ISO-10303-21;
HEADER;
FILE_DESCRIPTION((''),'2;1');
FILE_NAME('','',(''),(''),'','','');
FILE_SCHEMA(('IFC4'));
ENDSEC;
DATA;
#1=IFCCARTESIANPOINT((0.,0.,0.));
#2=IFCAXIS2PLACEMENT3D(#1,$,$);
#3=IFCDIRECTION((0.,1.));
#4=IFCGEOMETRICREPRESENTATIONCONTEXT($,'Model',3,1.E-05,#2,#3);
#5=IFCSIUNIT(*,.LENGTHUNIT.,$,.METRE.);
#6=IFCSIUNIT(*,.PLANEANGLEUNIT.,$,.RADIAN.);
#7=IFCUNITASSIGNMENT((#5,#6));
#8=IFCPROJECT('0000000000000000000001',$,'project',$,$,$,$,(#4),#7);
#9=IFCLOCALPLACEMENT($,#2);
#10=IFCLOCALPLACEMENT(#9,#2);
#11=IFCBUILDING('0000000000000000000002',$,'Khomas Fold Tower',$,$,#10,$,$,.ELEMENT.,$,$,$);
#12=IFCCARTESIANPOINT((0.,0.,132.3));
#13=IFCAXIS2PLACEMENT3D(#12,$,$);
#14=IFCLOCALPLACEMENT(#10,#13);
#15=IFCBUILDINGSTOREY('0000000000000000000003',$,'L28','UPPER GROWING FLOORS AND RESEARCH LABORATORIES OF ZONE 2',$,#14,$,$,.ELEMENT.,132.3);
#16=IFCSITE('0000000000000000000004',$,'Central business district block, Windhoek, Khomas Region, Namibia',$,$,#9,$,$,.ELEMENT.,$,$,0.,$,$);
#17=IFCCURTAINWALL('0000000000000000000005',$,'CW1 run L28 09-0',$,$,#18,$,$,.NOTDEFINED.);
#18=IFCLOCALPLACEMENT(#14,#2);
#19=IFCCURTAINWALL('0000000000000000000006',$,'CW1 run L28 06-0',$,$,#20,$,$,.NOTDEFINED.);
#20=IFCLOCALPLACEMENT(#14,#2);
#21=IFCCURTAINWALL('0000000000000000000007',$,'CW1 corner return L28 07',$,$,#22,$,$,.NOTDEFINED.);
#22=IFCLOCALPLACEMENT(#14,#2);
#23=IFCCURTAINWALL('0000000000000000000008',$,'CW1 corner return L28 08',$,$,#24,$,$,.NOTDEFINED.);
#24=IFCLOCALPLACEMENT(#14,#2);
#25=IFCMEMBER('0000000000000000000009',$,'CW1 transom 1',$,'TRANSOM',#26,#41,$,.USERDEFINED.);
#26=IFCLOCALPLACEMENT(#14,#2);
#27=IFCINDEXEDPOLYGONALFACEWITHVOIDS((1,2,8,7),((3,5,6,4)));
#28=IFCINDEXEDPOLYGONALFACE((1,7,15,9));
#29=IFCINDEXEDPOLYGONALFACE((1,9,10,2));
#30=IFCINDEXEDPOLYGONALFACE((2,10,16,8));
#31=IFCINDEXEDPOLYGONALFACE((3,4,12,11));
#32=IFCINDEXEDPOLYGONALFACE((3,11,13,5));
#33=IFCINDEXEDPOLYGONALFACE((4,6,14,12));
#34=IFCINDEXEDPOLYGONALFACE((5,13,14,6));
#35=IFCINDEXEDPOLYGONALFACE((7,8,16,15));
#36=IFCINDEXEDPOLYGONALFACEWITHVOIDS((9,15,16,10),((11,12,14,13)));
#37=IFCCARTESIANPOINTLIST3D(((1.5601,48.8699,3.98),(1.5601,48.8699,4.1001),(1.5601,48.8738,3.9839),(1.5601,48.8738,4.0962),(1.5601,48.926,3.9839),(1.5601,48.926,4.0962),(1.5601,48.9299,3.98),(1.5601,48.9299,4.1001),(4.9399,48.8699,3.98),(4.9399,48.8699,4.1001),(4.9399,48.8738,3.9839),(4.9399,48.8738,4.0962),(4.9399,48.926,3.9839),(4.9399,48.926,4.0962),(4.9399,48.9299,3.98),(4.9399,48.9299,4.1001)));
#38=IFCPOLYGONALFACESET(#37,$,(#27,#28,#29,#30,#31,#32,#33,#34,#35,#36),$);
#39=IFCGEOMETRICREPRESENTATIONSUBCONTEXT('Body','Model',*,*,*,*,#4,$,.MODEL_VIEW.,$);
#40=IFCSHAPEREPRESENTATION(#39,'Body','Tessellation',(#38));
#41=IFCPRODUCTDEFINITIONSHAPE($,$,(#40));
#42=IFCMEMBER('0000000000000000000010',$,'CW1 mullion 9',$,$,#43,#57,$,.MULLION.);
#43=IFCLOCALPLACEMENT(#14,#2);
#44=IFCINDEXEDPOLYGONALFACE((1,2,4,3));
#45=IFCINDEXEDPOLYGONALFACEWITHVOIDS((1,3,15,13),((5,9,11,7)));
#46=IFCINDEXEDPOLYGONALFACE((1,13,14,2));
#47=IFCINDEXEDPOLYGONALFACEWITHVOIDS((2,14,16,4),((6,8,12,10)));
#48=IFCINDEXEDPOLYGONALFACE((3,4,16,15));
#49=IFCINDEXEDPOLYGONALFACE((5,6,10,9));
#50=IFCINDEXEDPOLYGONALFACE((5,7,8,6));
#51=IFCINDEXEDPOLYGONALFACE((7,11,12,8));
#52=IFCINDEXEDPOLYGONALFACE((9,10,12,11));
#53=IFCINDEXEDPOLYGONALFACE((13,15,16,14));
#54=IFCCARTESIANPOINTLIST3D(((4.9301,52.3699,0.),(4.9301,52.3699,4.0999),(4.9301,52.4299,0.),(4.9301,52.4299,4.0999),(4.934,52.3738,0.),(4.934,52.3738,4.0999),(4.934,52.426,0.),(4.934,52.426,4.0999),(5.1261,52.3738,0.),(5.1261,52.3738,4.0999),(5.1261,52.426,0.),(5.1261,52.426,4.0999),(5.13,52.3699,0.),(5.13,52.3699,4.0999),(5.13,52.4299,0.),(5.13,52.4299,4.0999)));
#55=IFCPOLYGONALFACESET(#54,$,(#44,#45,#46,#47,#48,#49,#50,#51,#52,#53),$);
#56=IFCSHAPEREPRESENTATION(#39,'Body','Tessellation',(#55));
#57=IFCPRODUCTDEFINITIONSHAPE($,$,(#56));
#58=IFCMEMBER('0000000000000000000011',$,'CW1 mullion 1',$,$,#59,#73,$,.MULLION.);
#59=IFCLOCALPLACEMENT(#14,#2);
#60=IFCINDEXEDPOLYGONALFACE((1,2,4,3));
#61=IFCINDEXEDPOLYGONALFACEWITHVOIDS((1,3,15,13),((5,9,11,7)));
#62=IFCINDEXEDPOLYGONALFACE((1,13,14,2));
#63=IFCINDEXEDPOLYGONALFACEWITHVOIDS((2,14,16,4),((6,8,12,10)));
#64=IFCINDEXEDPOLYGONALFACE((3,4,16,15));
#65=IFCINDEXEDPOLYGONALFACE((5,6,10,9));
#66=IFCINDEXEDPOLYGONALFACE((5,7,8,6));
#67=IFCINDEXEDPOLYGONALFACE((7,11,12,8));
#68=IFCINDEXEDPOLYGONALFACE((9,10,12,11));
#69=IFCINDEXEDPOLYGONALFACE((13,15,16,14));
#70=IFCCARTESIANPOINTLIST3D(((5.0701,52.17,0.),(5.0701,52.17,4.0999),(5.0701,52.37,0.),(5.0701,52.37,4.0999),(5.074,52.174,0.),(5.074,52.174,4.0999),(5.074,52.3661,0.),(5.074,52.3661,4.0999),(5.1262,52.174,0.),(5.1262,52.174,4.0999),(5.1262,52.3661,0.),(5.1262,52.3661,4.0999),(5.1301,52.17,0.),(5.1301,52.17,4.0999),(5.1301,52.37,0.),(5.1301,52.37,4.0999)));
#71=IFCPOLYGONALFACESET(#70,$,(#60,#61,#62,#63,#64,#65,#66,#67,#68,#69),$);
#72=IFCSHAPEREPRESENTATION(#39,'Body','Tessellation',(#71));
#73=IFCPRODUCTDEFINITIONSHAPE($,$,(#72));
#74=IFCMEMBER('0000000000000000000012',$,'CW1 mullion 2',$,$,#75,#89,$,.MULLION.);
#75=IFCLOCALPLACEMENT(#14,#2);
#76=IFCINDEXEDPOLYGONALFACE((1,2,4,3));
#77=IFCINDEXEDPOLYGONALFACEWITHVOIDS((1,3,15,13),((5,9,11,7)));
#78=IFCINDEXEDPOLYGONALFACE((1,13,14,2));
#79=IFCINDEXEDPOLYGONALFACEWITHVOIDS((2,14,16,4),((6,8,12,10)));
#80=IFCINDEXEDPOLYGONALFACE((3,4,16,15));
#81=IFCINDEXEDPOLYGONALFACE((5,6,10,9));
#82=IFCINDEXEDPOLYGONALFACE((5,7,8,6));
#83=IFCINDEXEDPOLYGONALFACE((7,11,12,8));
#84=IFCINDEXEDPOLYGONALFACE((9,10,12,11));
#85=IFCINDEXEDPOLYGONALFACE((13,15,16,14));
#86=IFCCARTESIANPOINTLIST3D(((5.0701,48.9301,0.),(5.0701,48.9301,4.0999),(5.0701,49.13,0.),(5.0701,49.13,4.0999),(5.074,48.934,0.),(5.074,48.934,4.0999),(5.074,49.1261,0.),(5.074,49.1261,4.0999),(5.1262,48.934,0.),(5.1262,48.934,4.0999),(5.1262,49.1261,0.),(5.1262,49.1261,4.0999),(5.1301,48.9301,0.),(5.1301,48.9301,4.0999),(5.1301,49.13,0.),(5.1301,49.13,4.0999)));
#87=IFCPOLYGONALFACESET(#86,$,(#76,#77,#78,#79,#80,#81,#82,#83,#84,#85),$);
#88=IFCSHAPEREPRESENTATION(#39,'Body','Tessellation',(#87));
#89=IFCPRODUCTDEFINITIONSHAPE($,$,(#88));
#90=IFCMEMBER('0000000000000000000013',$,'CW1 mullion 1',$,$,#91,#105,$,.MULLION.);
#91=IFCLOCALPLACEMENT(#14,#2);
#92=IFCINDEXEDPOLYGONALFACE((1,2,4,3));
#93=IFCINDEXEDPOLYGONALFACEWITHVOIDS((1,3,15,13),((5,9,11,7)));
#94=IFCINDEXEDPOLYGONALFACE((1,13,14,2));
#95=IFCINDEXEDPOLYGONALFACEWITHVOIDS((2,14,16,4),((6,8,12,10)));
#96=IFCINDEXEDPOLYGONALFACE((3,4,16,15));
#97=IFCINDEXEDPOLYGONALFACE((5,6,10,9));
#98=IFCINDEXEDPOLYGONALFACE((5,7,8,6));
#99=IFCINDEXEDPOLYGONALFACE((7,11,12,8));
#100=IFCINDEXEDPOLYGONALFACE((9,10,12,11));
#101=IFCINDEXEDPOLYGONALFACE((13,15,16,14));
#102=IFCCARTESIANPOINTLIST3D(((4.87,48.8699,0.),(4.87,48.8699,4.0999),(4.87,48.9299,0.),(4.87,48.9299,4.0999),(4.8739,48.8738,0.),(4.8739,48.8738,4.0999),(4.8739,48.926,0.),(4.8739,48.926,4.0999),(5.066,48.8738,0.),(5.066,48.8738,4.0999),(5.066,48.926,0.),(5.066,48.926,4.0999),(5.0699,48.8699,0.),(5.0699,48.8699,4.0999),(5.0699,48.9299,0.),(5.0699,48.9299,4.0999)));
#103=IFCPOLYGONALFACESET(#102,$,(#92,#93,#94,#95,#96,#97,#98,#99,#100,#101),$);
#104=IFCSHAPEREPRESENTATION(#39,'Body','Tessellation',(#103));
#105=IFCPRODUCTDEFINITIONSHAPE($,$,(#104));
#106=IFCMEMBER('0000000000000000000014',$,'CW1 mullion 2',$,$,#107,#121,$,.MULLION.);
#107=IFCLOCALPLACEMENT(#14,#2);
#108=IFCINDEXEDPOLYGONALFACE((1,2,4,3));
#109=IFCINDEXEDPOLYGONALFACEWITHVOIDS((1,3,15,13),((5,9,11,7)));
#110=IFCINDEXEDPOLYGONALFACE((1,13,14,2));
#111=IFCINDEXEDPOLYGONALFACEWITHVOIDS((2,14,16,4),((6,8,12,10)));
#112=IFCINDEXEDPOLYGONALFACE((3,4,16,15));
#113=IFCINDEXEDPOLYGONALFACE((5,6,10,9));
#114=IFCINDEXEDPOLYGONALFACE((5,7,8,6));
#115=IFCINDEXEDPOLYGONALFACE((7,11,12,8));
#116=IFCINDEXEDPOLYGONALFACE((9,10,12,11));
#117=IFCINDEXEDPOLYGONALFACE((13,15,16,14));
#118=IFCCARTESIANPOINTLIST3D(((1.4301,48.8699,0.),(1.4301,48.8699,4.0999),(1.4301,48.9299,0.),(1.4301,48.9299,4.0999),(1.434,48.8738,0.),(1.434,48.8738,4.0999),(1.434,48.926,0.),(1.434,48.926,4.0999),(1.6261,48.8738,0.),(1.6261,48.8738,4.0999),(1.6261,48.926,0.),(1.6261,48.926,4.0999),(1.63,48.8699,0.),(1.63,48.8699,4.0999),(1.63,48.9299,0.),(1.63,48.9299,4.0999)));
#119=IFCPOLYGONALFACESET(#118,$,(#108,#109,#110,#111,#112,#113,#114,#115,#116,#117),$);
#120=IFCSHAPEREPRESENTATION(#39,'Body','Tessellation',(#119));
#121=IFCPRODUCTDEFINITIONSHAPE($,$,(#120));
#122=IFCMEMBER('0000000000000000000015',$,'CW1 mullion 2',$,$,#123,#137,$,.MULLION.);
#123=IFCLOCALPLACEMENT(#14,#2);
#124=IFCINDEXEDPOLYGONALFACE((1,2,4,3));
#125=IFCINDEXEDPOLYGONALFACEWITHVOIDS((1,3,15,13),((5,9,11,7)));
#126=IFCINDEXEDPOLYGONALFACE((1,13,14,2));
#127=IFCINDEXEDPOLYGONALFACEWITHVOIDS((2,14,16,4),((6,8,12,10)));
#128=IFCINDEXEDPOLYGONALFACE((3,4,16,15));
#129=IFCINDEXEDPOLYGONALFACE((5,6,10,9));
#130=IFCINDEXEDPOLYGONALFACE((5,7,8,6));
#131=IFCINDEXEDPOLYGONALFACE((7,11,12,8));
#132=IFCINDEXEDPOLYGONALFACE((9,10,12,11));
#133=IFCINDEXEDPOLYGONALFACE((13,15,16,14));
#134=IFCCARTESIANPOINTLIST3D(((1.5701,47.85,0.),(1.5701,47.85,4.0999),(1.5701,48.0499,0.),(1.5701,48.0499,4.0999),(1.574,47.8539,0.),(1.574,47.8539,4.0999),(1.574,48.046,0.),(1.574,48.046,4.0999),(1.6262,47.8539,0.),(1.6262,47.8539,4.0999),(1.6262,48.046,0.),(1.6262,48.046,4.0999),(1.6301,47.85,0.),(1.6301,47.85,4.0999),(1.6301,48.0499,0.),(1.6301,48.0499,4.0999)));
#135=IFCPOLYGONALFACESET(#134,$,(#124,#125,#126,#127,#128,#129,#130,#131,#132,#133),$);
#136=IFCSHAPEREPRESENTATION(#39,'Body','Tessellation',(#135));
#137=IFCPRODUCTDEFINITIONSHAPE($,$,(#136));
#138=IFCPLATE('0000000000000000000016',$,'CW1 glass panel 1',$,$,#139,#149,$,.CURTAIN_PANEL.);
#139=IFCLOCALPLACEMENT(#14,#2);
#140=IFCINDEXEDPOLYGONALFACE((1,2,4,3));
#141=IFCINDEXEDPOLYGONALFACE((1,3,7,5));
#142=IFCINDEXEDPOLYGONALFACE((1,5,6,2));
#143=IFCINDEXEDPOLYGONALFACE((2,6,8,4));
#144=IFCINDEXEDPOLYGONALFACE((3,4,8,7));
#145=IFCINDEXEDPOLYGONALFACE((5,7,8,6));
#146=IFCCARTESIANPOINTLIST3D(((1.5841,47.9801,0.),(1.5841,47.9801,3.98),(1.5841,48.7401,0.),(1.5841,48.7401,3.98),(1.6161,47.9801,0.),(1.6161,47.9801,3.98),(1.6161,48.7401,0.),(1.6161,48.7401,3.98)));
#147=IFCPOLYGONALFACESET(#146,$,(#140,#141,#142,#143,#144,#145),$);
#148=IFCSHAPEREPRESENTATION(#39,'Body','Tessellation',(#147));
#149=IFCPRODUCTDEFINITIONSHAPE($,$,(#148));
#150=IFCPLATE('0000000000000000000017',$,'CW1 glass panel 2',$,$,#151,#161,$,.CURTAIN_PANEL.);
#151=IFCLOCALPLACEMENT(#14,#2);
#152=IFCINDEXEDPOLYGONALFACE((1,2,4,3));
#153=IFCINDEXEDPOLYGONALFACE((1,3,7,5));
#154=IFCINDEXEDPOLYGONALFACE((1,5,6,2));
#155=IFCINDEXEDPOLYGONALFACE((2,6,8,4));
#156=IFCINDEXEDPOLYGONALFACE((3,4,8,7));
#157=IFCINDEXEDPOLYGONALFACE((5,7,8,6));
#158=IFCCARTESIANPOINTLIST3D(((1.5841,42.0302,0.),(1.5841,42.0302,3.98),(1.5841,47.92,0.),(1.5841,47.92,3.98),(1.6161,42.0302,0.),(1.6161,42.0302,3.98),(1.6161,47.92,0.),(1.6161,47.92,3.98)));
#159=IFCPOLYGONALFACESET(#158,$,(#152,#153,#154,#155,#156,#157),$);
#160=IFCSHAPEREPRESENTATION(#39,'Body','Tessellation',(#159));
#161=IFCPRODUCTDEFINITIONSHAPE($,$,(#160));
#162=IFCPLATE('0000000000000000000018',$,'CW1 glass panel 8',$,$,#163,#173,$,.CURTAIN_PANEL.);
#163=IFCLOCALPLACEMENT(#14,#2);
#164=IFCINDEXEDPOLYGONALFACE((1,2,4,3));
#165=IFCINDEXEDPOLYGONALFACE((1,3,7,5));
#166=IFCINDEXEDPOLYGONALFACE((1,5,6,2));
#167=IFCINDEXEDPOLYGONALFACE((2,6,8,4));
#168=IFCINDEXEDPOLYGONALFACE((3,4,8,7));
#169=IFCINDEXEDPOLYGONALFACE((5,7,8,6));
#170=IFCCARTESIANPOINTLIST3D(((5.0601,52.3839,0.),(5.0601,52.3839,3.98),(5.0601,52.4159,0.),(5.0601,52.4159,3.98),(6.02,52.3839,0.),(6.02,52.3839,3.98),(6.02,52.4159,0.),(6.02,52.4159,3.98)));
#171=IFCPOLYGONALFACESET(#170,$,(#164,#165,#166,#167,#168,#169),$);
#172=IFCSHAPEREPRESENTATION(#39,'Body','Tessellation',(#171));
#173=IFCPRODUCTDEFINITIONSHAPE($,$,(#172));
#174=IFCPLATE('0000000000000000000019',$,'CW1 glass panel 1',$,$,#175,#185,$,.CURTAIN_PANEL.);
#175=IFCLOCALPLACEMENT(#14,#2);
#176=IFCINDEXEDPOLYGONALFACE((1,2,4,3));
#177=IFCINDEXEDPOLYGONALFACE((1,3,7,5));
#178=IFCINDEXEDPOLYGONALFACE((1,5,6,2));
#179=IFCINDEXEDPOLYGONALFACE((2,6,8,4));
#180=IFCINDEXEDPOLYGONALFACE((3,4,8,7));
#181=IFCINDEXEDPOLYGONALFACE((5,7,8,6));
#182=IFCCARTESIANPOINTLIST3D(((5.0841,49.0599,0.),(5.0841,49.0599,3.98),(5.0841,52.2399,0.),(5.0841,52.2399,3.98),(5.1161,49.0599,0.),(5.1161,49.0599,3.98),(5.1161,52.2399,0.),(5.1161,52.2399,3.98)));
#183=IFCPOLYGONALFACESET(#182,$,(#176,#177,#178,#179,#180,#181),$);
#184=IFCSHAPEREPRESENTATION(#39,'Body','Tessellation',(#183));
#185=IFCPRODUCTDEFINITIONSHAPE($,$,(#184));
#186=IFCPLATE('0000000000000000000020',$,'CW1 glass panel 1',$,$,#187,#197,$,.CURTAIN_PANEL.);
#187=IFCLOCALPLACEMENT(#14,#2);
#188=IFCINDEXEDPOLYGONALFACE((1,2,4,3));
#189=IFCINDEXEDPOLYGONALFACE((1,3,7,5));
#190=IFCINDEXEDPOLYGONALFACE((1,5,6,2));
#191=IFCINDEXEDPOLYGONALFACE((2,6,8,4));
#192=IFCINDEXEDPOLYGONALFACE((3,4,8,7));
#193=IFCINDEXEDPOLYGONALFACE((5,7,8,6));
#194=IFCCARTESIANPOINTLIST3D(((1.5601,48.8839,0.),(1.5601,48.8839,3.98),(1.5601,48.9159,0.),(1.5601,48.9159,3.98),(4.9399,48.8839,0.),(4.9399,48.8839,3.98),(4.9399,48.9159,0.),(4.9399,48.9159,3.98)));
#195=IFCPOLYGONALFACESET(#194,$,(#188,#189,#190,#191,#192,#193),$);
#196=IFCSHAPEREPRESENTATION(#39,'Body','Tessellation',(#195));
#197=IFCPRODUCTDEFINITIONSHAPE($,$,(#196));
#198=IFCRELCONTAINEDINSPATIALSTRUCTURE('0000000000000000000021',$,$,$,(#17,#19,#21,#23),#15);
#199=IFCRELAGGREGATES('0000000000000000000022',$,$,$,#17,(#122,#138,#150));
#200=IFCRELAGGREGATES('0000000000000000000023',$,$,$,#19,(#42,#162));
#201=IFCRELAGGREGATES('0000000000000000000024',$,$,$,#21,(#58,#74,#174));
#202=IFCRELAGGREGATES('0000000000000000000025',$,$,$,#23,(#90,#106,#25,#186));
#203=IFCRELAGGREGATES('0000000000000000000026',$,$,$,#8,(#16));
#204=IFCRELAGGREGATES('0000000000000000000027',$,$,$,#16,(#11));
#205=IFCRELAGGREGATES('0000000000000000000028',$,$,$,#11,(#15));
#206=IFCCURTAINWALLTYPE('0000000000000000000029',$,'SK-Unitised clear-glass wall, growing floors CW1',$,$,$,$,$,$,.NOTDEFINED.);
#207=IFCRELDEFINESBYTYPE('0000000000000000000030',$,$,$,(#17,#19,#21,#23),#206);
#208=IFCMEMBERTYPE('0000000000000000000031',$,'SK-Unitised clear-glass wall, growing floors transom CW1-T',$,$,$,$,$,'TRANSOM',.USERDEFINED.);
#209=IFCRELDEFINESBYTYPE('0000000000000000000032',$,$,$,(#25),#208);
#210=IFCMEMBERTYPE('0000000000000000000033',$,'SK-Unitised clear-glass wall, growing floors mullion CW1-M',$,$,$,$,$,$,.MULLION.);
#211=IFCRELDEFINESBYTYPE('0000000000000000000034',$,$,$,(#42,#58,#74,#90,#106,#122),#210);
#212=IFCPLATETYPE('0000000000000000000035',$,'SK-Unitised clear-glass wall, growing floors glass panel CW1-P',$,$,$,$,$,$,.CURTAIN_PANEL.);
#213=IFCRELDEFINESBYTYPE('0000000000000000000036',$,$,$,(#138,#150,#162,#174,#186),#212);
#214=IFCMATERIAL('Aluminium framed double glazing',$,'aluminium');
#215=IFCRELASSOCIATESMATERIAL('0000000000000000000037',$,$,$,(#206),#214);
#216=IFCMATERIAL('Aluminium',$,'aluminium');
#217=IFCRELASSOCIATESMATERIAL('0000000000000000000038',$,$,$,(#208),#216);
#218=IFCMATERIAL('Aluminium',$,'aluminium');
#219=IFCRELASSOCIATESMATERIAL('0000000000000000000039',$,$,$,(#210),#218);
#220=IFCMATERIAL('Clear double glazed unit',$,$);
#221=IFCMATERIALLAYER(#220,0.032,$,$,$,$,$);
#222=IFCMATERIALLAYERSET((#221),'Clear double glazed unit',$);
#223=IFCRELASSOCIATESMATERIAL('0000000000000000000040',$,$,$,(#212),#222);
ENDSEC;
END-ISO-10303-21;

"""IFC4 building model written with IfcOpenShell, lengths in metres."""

from ifc_helpers import new_model, si_unit, direction, frame, origin, origin_2d, place, context, subcontext, project, spatial, rectangle, hollow_rectangle, extrude, source, transform, mapped, material, layer, layer_set, material_profile, profile_set, type_object, element, aggregate, save


model = new_model("IFC4")

# Units and contexts
model_context = context("Model", 3, precision=1e-05, world=origin(), true_north=direction((0.0, 1.0)))
body_context = subcontext(model_context, "Body", "Model", "MODEL_VIEW")
ifc_project = project(units=[si_unit("LENGTHUNIT", "METRE"), si_unit("PLANEANGLEUNIT", "RADIAN")], contexts=[model_context])

# Site, building, storey
site_placement = place(None, origin())
site = spatial("IfcSite", under=ifc_project, at=site_placement, Name="Central business district block, Windhoek, Khomas Region, Namibia", CompositionType="ELEMENT", RefElevation=0.0)
building_placement = place(site_placement, origin())
building = spatial("IfcBuilding", under=site, at=building_placement, Name="Khomas Fold Tower", CompositionType="ELEMENT")
storey_placement = place(building_placement, frame((0.0, 0.0, 132.3)))
storey = spatial("IfcBuildingStorey", under=building, at=storey_placement, Name="L28", Description="UPPER GROWING FLOORS AND RESEARCH LABORATORIES OF ZONE 2", CompositionType="ELEMENT", Elevation=132.3)

# Curtain wall
ifc_material_1 = material(Name="Aluminium framed double glazing", Category="aluminium")
curtain_wall_type = type_object("IfcCurtainWallType", Name="SK-Unitised clear-glass wall, growing floors CW1", PredefinedType="NOTDEFINED", material=ifc_material_1)
curtain_wall_1_placement = place(storey_placement, origin())
curtain_wall_1 = element("IfcCurtainWall", 1, at=curtain_wall_1_placement, inside=storey, type_object=curtain_wall_type, Name="CW1 run L28 09-0", PredefinedType="NOTDEFINED")
ifc_material_2 = material(Name="Aluminium", Category="aluminium")
ifc_material_profile_1 = material_profile(ifc_material_2, hollow_rectangle(XDim=0.0601, YDim=0.1201, WallThickness=0.0039, at=origin_2d()), Name="SK-Unitised clear-glass wall, growing floors transom CW1-T")
ifc_profile_set_1 = profile_set([ifc_material_profile_1], Name="Aluminium")
member_type_1 = type_object("IfcMemberType", Name="SK-Unitised clear-glass wall, growing floors transom CW1-T", ElementType="TRANSOM", PredefinedType="USERDEFINED", material=ifc_profile_set_1)

# Curtain walls, member
curtain_wall_2_placement = place(storey_placement, origin())
curtain_wall_2 = element("IfcCurtainWall", 2, at=curtain_wall_2_placement, inside=storey, type_object=curtain_wall_type, Name="CW1 run L28 06-0", PredefinedType="NOTDEFINED")
curtain_wall_3_placement = place(storey_placement, origin())
curtain_wall_3 = element("IfcCurtainWall", 3, at=curtain_wall_3_placement, inside=storey, type_object=curtain_wall_type, Name="CW1 corner return L28 07", PredefinedType="NOTDEFINED")
curtain_wall_4_placement = place(storey_placement, origin())
curtain_wall_4 = element("IfcCurtainWall", 4, at=curtain_wall_4_placement, inside=storey, type_object=curtain_wall_type, Name="CW1 corner return L28 08", PredefinedType="NOTDEFINED")
shared_shape_1 = source(origin(), body_context, "Body", "SweptSolid", [
    extrude(hollow_rectangle(XDim=0.0601, YDim=0.1201, WallThickness=0.0039, at=origin_2d()), origin(), (0.0, 0.0, 1.0), 3.3799),
])
member_1_placement = place(storey_placement, frame((4.9399, 48.8999, 4.04), z_axis=(-1.0, 0.0, 0.0), x_axis=(0.0, -1.0, 0.0)))
member_1 = element("IfcMember", 5, at=member_1_placement, type_object=member_type_1, Name="CW1 transom 1", ObjectType="TRANSOM", PredefinedType="USERDEFINED", context=body_context, shape_type="MappedRepresentation", body=[
    mapped(shared_shape_1, transform((0.0, 0.0, 0.0))),
])

# Members
ifc_material_3 = material(Name="Aluminium", Category="aluminium")
ifc_material_profile_2 = material_profile(ifc_material_3, hollow_rectangle(XDim=0.0601, YDim=0.2, WallThickness=0.0039, at=origin_2d()), Name="SK-Unitised clear-glass wall, growing floors mullion CW1-M")
ifc_profile_set_2 = profile_set([ifc_material_profile_2], Name="Aluminium")
member_type_2 = type_object("IfcMemberType", Name="SK-Unitised clear-glass wall, growing floors mullion CW1-M", PredefinedType="MULLION", material=ifc_profile_set_2)
shared_shape_2 = source(origin(), body_context, "Body", "SweptSolid", [
    extrude(hollow_rectangle(XDim=0.0601, YDim=0.2, WallThickness=0.0039, at=origin_2d()), origin(), (0.0, 0.0, 1.0), 4.0999),
])
member_2_placement = place(storey_placement, frame((5.03, 52.3999, 0.0), z_axis=(0.0, 0.0, 1.0), x_axis=(0.0, -1.0, 0.0)))
member_2 = element("IfcMember", 6, at=member_2_placement, type_object=member_type_2, Name="CW1 mullion 9", PredefinedType="MULLION", context=body_context, shape_type="MappedRepresentation", body=[
    mapped(shared_shape_2, transform((0.0, 0.0, 0.0))),
])
member_3_placement = place(storey_placement, frame((5.1001, 52.27, 0.0), z_axis=(0.0, 0.0, 1.0), x_axis=(1.0, 0.0, 0.0)))
member_3 = element("IfcMember", 7, at=member_3_placement, type_object=member_type_2, Name="CW1 mullion 1", PredefinedType="MULLION", context=body_context, shape_type="MappedRepresentation", body=[
    mapped(shared_shape_2, transform((0.0, 0.0, 0.0))),
])
member_4_placement = place(storey_placement, frame((5.1001, 49.03, 0.0), z_axis=(0.0, 0.0, 1.0), x_axis=(1.0, 0.0, 0.0)))
member_4 = element("IfcMember", 8, at=member_4_placement, type_object=member_type_2, Name="CW1 mullion 2", PredefinedType="MULLION", context=body_context, shape_type="MappedRepresentation", body=[
    mapped(shared_shape_2, transform((0.0, 0.0, 0.0))),
])
member_5_placement = place(storey_placement, frame((4.97, 48.8999, 0.0), z_axis=(0.0, 0.0, 1.0), x_axis=(0.0, -1.0, 0.0)))
member_5 = element("IfcMember", 9, at=member_5_placement, type_object=member_type_2, Name="CW1 mullion 1", PredefinedType="MULLION", context=body_context, shape_type="MappedRepresentation", body=[
    mapped(shared_shape_2, transform((0.0, 0.0, 0.0))),
])
member_6_placement = place(storey_placement, frame((1.53, 48.8999, 0.0), z_axis=(0.0, 0.0, 1.0), x_axis=(0.0, -1.0, 0.0)))
member_6 = element("IfcMember", 10, at=member_6_placement, type_object=member_type_2, Name="CW1 mullion 2", PredefinedType="MULLION", context=body_context, shape_type="MappedRepresentation", body=[
    mapped(shared_shape_2, transform((0.0, 0.0, 0.0))),
])
member_7_placement = place(storey_placement, frame((1.6001, 47.95, 0.0), z_axis=(0.0, 0.0, 1.0), x_axis=(1.0, 0.0, 0.0)))
member_7 = element("IfcMember", 11, at=member_7_placement, type_object=member_type_2, Name="CW1 mullion 2", PredefinedType="MULLION", context=body_context, shape_type="MappedRepresentation", body=[
    mapped(shared_shape_2, transform((0.0, 0.0, 0.0))),
])

# Plates
ifc_material_4 = material(Name="Clear double glazed unit")
ifc_layer_1 = layer(ifc_material_4, 0.032)
ifc_layer_set_1 = layer_set([ifc_layer_1], Name="Clear double glazed unit")
plate_type = type_object("IfcPlateType", Name="SK-Unitised clear-glass wall, growing floors glass panel CW1-P", PredefinedType="CURTAIN_PANEL", material=ifc_layer_set_1)
shared_shape_3 = source(origin(), body_context, "Body", "SweptSolid", [
    extrude(rectangle(XDim=0.76, YDim=0.032, at=origin_2d()), origin(), (0.0, 0.0, 1.0), 3.98),
])
plate_1_placement = place(storey_placement, frame((1.6001, 48.3601, 0.0), z_axis=(0.0, 0.0, 1.0), x_axis=(0.0, -1.0, 0.0)))
plate_1 = element("IfcPlate", 12, at=plate_1_placement, type_object=plate_type, Name="CW1 glass panel 1", PredefinedType="CURTAIN_PANEL", context=body_context, shape_type="MappedRepresentation", body=[
    mapped(shared_shape_3, transform((0.0, 0.0, 0.0))),
])
shared_shape_4 = source(origin(), body_context, "Body", "SweptSolid", [
    extrude(rectangle(XDim=5.8899, YDim=0.032, at=origin_2d()), origin(), (0.0, 0.0, 1.0), 3.98),
])
plate_2_placement = place(storey_placement, frame((1.6001, 44.9751, 0.0), z_axis=(0.0, 0.0, 1.0), x_axis=(0.0, -1.0, 0.0)))
plate_2 = element("IfcPlate", 13, at=plate_2_placement, type_object=plate_type, Name="CW1 glass panel 2", PredefinedType="CURTAIN_PANEL", context=body_context, shape_type="MappedRepresentation", body=[
    mapped(shared_shape_4, transform((0.0, 0.0, 0.0))),
])
aggregate(curtain_wall_1, [member_7, plate_1, plate_2])
shared_shape_5 = source(origin(), body_context, "Body", "SweptSolid", [
    extrude(rectangle(XDim=0.96, YDim=0.032, at=origin_2d()), origin(), (0.0, 0.0, 1.0), 3.98),
])
plate_3_placement = place(storey_placement, frame((5.54, 52.3999, 0.0), z_axis=(0.0, 0.0, 1.0), x_axis=(-1.0, 0.0, 0.0)))
plate_3 = element("IfcPlate", 14, at=plate_3_placement, type_object=plate_type, Name="CW1 glass panel 8", PredefinedType="CURTAIN_PANEL", context=body_context, shape_type="MappedRepresentation", body=[
    mapped(shared_shape_5, transform((0.0, 0.0, 0.0))),
])
aggregate(curtain_wall_2, [member_2, plate_3])
shared_shape_6 = source(origin(), body_context, "Body", "SweptSolid", [
    extrude(rectangle(XDim=3.1799, YDim=0.032, at=origin_2d()), origin(), (0.0, 0.0, 1.0), 3.98),
])
plate_4_placement = place(storey_placement, frame((5.1001, 50.6499, 0.0), z_axis=(0.0, 0.0, 1.0), x_axis=(0.0, -1.0, 0.0)))
plate_4 = element("IfcPlate", 15, at=plate_4_placement, type_object=plate_type, Name="CW1 glass panel 1", PredefinedType="CURTAIN_PANEL", context=body_context, shape_type="MappedRepresentation", body=[
    mapped(shared_shape_6, transform((0.0, 0.0, 0.0))),
])
aggregate(curtain_wall_3, [member_3, member_4, plate_4])
shared_shape_7 = source(origin(), body_context, "Body", "SweptSolid", [
    extrude(rectangle(XDim=3.3799, YDim=0.032, at=origin_2d()), origin(), (0.0, 0.0, 1.0), 3.98),
])
plate_5_placement = place(storey_placement, frame((3.25, 48.8999, 0.0), z_axis=(0.0, 0.0, 1.0), x_axis=(-1.0, 0.0, 0.0)))
plate_5 = element("IfcPlate", 16, at=plate_5_placement, type_object=plate_type, Name="CW1 glass panel 1", PredefinedType="CURTAIN_PANEL", context=body_context, shape_type="MappedRepresentation", body=[
    mapped(shared_shape_7, transform((0.0, 0.0, 0.0))),
])
aggregate(curtain_wall_4, [member_5, member_6, member_1, plate_5])

save(model, "model.ifc")
